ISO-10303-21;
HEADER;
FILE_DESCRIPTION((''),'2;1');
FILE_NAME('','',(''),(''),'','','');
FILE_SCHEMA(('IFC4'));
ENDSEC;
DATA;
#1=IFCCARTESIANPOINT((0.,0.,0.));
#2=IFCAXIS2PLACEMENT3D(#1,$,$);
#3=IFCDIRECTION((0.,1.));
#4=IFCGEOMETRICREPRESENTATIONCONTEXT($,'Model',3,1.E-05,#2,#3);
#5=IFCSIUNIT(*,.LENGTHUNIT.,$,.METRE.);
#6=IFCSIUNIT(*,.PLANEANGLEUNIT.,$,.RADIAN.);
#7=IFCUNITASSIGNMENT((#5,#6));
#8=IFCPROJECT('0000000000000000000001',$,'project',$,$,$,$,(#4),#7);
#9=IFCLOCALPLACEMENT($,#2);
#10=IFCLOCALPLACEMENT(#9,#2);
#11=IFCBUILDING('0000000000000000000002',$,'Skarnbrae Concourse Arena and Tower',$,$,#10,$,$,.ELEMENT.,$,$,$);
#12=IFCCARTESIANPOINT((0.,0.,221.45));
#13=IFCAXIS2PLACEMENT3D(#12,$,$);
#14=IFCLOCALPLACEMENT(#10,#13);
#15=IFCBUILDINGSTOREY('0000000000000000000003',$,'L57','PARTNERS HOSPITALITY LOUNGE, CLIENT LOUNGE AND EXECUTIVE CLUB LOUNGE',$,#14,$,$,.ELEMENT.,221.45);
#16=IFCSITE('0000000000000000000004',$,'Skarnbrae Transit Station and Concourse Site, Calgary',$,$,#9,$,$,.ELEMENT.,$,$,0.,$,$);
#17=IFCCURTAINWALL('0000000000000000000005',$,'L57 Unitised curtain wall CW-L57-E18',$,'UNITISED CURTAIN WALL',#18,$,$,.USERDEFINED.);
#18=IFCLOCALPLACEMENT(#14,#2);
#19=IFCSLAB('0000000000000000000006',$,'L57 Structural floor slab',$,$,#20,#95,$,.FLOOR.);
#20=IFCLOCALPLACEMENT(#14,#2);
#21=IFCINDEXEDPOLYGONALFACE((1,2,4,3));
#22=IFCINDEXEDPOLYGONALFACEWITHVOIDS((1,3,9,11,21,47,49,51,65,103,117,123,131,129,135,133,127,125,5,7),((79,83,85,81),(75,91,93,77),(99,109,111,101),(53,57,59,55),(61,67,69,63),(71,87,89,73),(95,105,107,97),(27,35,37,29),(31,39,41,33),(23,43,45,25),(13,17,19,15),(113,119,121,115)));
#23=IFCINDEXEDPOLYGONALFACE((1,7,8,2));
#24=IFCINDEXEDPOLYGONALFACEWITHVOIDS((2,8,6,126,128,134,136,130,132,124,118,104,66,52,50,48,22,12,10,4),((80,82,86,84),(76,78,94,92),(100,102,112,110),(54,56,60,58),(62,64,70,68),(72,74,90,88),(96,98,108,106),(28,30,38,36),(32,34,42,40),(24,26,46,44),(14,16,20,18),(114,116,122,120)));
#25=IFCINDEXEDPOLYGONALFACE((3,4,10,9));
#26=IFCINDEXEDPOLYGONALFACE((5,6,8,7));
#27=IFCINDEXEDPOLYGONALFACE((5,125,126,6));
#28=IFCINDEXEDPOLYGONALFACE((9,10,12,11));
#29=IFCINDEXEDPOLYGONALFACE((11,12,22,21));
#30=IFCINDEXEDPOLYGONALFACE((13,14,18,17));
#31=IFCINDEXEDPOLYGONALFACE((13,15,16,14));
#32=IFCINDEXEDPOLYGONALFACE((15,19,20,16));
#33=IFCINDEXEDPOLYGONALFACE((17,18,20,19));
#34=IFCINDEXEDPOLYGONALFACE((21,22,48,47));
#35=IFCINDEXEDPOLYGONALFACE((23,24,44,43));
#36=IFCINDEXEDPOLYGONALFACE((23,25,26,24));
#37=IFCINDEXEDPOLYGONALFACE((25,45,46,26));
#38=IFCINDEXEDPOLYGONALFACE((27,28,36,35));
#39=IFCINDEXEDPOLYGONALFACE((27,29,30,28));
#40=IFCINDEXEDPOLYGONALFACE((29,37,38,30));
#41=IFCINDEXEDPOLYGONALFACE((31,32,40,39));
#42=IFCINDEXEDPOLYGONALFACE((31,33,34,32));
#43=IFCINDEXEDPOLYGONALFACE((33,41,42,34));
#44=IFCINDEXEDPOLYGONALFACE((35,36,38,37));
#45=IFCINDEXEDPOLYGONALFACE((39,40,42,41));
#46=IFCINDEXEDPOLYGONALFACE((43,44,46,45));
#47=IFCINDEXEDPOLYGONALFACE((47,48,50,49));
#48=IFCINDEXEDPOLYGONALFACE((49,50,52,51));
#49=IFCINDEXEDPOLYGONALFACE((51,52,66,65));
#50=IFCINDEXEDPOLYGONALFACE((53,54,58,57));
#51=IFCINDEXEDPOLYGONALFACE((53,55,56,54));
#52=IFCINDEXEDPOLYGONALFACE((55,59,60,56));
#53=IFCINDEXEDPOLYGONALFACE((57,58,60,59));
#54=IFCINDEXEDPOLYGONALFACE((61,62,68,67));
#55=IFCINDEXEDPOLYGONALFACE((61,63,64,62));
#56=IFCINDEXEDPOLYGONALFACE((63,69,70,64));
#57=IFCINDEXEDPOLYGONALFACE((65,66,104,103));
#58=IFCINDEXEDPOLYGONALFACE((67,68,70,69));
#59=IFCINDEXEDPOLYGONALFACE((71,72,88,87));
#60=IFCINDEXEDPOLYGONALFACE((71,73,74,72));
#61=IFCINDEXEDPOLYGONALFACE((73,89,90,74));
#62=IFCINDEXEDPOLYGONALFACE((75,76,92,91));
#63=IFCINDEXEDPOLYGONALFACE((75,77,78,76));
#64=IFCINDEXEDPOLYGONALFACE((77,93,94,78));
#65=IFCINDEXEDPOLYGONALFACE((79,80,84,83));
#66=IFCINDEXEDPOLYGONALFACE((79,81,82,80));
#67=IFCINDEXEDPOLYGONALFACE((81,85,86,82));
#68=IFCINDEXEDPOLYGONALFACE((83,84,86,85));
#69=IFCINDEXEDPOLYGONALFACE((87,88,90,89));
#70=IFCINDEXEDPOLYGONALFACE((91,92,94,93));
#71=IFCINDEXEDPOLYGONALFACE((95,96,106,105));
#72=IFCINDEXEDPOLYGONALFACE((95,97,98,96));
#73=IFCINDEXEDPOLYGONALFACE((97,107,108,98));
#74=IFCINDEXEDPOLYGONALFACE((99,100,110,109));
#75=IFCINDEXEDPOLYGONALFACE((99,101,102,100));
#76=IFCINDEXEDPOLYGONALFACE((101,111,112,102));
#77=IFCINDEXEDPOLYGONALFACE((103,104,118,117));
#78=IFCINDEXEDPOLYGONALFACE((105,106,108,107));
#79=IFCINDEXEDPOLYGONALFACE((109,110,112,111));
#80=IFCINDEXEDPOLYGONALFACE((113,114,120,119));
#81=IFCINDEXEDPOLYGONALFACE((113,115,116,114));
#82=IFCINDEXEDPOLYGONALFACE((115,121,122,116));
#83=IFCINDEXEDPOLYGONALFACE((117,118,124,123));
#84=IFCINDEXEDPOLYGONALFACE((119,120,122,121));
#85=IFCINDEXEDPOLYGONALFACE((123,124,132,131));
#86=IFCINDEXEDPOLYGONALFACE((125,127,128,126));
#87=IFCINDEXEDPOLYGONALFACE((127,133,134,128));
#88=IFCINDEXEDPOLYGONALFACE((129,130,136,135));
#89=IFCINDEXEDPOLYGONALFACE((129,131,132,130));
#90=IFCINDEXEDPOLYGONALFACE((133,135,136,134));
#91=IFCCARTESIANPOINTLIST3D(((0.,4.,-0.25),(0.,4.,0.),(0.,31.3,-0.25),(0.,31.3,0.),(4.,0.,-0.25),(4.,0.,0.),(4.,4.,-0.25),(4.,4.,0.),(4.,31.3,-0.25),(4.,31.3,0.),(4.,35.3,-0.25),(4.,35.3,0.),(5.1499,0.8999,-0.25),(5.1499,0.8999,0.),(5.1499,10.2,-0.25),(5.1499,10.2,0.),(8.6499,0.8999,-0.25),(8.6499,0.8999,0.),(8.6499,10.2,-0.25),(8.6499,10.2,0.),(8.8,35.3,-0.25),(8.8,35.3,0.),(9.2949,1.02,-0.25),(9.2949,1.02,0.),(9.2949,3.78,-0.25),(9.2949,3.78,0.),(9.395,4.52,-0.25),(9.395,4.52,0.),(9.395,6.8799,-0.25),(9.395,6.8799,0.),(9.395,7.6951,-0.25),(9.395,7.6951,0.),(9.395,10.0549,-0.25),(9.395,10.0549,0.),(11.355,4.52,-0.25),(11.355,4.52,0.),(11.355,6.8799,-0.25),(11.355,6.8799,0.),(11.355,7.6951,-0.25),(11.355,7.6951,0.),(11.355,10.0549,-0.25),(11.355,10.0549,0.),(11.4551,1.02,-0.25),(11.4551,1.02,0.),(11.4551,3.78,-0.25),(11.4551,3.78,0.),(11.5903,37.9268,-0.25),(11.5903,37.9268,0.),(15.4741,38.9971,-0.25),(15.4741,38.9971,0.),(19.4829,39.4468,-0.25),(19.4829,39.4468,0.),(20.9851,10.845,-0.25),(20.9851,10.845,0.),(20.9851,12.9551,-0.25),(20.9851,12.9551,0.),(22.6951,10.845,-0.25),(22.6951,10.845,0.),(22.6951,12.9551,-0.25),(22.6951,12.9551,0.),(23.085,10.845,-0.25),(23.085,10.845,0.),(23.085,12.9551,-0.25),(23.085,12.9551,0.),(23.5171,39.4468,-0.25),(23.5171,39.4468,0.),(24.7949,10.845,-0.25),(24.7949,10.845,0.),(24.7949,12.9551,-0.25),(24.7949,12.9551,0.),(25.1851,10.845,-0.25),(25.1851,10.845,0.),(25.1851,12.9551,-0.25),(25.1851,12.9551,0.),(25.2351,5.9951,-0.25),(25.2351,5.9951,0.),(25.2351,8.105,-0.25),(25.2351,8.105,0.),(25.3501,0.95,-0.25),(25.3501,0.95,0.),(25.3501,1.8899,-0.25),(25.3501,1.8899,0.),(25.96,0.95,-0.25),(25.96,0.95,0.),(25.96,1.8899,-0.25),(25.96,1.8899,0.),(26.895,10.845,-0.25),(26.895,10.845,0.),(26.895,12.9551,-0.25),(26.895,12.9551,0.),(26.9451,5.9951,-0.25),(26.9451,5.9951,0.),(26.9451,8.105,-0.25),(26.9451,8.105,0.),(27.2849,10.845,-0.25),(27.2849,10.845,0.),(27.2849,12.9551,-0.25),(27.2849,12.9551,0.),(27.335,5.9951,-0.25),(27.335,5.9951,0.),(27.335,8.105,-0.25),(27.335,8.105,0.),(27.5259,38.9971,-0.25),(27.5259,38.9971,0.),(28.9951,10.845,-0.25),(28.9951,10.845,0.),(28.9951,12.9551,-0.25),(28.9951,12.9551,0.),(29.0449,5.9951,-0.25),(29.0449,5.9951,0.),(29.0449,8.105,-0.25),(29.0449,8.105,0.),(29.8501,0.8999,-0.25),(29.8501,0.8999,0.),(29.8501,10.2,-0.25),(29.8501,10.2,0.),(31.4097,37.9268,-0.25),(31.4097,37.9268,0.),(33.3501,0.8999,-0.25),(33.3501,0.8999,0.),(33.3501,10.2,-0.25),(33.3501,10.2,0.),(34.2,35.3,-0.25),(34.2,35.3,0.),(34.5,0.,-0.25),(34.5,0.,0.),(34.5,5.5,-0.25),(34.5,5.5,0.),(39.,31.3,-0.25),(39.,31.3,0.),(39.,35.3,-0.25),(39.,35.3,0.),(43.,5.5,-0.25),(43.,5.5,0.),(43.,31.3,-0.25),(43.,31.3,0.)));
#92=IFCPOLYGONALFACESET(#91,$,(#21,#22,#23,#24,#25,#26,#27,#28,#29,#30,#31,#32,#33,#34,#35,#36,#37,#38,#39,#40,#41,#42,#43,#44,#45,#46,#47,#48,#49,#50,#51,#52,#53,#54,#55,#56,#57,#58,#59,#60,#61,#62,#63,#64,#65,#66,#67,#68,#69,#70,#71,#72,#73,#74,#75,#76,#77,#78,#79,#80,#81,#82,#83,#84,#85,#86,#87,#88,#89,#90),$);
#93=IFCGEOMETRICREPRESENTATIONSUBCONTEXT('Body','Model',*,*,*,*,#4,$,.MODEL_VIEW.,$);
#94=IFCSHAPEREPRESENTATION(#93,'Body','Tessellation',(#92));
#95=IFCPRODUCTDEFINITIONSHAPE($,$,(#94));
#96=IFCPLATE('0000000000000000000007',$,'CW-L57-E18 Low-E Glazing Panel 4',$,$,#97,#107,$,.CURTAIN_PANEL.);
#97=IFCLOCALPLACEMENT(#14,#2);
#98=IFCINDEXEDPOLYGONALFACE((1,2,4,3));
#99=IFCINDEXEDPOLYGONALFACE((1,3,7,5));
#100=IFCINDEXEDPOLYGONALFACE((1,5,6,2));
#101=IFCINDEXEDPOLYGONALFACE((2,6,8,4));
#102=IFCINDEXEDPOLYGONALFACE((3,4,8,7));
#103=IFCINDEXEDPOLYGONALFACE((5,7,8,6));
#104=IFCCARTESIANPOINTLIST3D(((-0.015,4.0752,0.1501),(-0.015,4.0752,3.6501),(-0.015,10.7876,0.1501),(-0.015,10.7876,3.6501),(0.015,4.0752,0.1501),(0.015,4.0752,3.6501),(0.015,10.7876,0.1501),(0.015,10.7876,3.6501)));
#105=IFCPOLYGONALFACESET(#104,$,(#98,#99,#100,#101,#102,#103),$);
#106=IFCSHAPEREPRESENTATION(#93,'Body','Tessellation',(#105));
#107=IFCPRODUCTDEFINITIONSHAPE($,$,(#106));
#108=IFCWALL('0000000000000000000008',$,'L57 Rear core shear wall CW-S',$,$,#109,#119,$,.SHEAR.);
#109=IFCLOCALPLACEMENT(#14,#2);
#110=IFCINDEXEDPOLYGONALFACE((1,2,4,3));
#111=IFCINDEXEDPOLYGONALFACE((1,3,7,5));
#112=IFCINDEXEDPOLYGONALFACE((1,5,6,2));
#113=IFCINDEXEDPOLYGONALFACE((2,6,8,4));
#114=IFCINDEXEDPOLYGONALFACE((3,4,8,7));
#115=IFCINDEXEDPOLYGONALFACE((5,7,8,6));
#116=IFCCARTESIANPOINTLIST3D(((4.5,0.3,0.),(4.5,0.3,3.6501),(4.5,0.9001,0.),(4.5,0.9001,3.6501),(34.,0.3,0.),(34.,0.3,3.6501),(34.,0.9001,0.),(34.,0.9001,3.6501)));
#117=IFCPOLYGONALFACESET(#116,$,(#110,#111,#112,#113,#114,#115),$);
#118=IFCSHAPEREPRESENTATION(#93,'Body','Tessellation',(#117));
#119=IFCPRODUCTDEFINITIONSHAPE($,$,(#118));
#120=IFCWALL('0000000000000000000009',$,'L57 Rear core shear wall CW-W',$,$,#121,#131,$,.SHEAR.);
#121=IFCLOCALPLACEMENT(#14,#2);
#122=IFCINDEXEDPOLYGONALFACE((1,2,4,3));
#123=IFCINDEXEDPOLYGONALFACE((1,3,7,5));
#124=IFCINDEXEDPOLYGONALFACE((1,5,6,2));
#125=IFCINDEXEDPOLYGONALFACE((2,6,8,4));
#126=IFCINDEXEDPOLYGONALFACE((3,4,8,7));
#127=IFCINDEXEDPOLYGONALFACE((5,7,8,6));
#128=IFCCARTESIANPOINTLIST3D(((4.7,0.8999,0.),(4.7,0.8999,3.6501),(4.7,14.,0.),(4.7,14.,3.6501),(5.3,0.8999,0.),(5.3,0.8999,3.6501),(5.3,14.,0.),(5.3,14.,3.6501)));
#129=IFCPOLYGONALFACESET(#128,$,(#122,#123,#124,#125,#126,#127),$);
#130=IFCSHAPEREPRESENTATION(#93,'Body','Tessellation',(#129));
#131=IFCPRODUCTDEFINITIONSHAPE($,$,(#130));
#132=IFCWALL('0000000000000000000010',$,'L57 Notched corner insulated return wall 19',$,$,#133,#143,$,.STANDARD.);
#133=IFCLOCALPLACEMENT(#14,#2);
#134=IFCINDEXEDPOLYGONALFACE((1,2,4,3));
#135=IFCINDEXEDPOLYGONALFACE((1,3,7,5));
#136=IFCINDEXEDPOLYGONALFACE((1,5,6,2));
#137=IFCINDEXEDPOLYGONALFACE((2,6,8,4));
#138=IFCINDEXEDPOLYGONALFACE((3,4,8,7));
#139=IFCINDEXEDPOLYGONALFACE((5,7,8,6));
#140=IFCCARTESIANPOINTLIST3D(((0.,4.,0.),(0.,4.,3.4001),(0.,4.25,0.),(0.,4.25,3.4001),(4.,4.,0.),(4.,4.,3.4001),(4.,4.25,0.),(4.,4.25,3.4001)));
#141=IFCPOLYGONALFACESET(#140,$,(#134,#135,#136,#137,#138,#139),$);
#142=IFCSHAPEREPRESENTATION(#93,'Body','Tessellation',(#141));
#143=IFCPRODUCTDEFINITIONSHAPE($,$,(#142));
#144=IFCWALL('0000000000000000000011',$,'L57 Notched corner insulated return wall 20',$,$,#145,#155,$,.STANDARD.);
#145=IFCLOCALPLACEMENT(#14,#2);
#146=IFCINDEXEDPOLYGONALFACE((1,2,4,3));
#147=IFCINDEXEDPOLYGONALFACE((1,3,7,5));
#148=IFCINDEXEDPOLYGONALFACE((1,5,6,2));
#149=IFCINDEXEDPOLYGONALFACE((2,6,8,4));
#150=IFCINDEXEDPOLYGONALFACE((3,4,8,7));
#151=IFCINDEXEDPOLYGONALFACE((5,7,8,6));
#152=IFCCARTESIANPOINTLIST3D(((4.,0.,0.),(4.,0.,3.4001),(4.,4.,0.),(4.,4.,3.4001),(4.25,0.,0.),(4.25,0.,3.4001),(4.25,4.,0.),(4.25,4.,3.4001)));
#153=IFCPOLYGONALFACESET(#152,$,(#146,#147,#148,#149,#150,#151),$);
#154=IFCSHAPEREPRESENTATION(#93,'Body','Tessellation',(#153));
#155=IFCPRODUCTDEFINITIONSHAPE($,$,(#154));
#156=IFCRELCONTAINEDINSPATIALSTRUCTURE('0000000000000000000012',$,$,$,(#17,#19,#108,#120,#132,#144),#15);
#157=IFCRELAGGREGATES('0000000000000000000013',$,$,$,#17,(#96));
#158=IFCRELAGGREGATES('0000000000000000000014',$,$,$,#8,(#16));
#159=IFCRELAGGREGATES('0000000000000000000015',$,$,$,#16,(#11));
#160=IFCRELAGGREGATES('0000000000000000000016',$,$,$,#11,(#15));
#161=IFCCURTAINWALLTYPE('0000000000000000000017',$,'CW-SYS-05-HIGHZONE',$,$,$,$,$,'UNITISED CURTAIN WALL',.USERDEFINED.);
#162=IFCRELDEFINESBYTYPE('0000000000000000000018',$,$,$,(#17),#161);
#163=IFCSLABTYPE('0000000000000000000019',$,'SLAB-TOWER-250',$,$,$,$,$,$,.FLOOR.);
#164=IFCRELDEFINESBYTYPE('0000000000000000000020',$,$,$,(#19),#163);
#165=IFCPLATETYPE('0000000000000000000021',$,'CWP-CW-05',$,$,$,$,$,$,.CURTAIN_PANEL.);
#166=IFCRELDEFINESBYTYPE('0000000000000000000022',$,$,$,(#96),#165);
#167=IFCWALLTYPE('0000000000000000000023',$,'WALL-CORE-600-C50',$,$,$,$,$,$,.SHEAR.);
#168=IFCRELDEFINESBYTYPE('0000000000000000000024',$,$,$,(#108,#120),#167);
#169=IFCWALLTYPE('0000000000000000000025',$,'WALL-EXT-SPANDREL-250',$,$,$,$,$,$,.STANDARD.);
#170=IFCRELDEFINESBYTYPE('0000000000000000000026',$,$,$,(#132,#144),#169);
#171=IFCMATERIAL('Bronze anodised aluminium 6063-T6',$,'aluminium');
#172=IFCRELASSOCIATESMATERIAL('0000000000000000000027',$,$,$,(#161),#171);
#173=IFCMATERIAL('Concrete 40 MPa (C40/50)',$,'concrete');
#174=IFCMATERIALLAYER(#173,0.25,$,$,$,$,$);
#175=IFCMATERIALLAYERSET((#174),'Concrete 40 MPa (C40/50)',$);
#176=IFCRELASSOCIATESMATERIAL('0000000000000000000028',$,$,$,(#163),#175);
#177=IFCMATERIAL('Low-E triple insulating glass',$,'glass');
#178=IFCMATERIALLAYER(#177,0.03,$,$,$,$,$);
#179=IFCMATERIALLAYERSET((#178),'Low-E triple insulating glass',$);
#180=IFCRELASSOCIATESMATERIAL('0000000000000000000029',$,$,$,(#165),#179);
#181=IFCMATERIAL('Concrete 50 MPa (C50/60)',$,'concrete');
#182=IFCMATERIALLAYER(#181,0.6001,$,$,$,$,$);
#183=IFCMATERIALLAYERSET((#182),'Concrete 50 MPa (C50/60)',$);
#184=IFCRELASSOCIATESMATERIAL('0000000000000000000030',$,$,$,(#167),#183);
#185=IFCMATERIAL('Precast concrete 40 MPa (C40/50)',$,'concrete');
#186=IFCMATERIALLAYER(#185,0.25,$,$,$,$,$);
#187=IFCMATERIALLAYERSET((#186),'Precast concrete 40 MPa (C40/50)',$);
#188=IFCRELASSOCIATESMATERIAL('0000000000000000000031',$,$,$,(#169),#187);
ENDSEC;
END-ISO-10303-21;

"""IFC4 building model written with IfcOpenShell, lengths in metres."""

from ifc_helpers import new_model, si_unit, direction, frame, frame_2d, origin, origin_2d, place, context, subcontext, project, spatial, polyline, rectangle, outline, extrude, source, transform, mapped, material, layer, layer_set, type_object, element, aggregate, save


model = new_model("IFC4")

# Units and contexts
model_context = context("Model", 3, precision=1e-05, world=origin(), true_north=direction((0.0, 1.0)))
body_context = subcontext(model_context, "Body", "Model", "MODEL_VIEW")
ifc_project = project(units=[si_unit("LENGTHUNIT", "METRE"), si_unit("PLANEANGLEUNIT", "RADIAN")], contexts=[model_context])

# Site, building, storey
site_placement = place(None, origin())
site = spatial("IfcSite", under=ifc_project, at=site_placement, Name="Skarnbrae Transit Station and Concourse Site, Calgary", CompositionType="ELEMENT", RefElevation=0.0)
building_placement = place(site_placement, origin())
building = spatial("IfcBuilding", under=site, at=building_placement, Name="Skarnbrae Concourse Arena and Tower", CompositionType="ELEMENT")
storey_placement = place(building_placement, frame((0.0, 0.0, 221.45)))
storey = spatial("IfcBuildingStorey", under=building, at=storey_placement, Name="L57", Description="PARTNERS HOSPITALITY LOUNGE, CLIENT LOUNGE AND EXECUTIVE CLUB LOUNGE", CompositionType="ELEMENT", Elevation=221.45)

# Curtain wall
ifc_material_1 = material(Name="Bronze anodised aluminium 6063-T6", Category="aluminium")
curtain_wall_type = type_object("IfcCurtainWallType", Name="CW-SYS-05-HIGHZONE", ElementType="UNITISED CURTAIN WALL", PredefinedType="USERDEFINED", material=ifc_material_1)
curtain_wall_placement = place(storey_placement, origin())
curtain_wall = element("IfcCurtainWall", 1, at=curtain_wall_placement, inside=storey, type_object=curtain_wall_type, Name="L57 Unitised curtain wall CW-L57-E18", ObjectType="UNITISED CURTAIN WALL", PredefinedType="USERDEFINED")

# Shared definitions
ifc_material_2 = material(Name="Concrete 40 MPa (C40/50)", Category="concrete")

# Slab
ifc_layer_1 = layer(ifc_material_2, 0.25)
ifc_layer_set_1 = layer_set([ifc_layer_1], Name="Concrete 40 MPa (C40/50)")
slab_type_1 = type_object("IfcSlabType", Name="SLAB-TOWER-250", PredefinedType="FLOOR", material=ifc_layer_set_1)
slab_1_placement = place(storey_placement, frame((0.0, 0.0, -0.25)))
element("IfcSlab", 2, at=slab_1_placement, inside=storey, type_object=slab_type_1, Name="L57 Structural floor slab", PredefinedType="FLOOR", context=body_context, shape_type="SweptSolid", body=[
    extrude(outline(polyline([(4.0, 0.0), (34.5, 0.0), (34.5, 5.5), (43.0, 5.5), (43.0, 31.3), (39.0, 31.3), (39.0, 35.3), (34.2, 35.3), (31.4097, 37.9268), (27.5259, 38.9971), (23.5171, 39.4468), (19.4829, 39.4468), (15.4741, 38.9971), (11.5903, 37.9268), (8.8, 35.3), (4.0, 35.3), (4.0, 31.3), (0.0, 31.3), (0.0, 4.0), (4.0, 4.0), (4.0, 0.0)]), holes=[polyline([(9.2949, 1.02), (9.2949, 3.78), (11.4551, 3.78), (11.4551, 1.02), (9.2949, 1.02)]), polyline([(8.6499, 10.2), (8.6499, 0.8999), (5.1499, 0.8999), (5.1499, 10.2), (8.6499, 10.2)]), polyline([(9.395, 6.8799), (11.355, 6.8799), (11.355, 4.52), (9.395, 4.52), (9.395, 6.8799)]), polyline([(9.395, 7.6951), (9.395, 10.0549), (11.355, 10.0549), (11.355, 7.6951), (9.395, 7.6951)]), polyline([(20.9851, 12.9551), (22.6951, 12.9551), (22.6951, 10.845), (20.9851, 10.845), (20.9851, 12.9551)]), polyline([(23.085, 12.9551), (24.7949, 12.9551), (24.7949, 10.845), (23.085, 10.845), (23.085, 12.9551)]), polyline([(25.3501, 0.95), (25.3501, 1.8899), (25.96, 1.8899), (25.96, 0.95), (25.3501, 0.95)]), polyline([(33.3501, 10.2), (33.3501, 0.8999), (29.8501, 0.8999), (29.8501, 10.2), (33.3501, 10.2)]), polyline([(25.2351, 8.105), (26.9451, 8.105), (26.9451, 5.9951), (25.2351, 5.9951), (25.2351, 8.105)]), polyline([(27.335, 5.9951), (27.335, 8.105), (29.0449, 8.105), (29.0449, 5.9951), (27.335, 5.9951)]), polyline([(25.1851, 12.9551), (26.895, 12.9551), (26.895, 10.845), (25.1851, 10.845), (25.1851, 12.9551)]), polyline([(27.2849, 12.9551), (28.9951, 12.9551), (28.9951, 10.845), (27.2849, 10.845), (27.2849, 12.9551)])]), origin(), (0.0, 0.0, 1.0), 0.25),
])

# Plate
ifc_material_3 = material(Name="Low-E triple insulating glass", Category="glass")
ifc_layer_2 = layer(ifc_material_3, 0.03)
ifc_layer_set_2 = layer_set([ifc_layer_2], Name="Low-E triple insulating glass")
plate_type = type_object("IfcPlateType", Name="CWP-CW-05", PredefinedType="CURTAIN_PANEL", material=ifc_layer_set_2)
shared_shape_1 = source(origin(), body_context, "Body", "SweptSolid", [
    extrude(rectangle(XDim=6.7124, YDim=0.03, at=origin_2d()), origin(), (0.0, 0.0, 1.0), 3.5),
])
plate_placement = place(storey_placement, frame((0.0, 7.4314, 0.1501), z_axis=(0.0, 0.0, 1.0), x_axis=(0.0, -1.0, 0.0)))
plate = element("IfcPlate", 3, at=plate_placement, type_object=plate_type, Name="CW-L57-E18 Low-E Glazing Panel 4", PredefinedType="CURTAIN_PANEL", context=body_context, shape_type="MappedRepresentation", body=[
    mapped(shared_shape_1, transform((0.0, 0.0, 0.0))),
])
aggregate(curtain_wall, [plate])

# Walls
ifc_material_4 = material(Name="Concrete 50 MPa (C50/60)", Category="concrete")
ifc_layer_3 = layer(ifc_material_4, 0.6001)
ifc_layer_set_3 = layer_set([ifc_layer_3], Name="Concrete 50 MPa (C50/60)")
wall_type_1 = type_object("IfcWallType", Name="WALL-CORE-600-C50", PredefinedType="SHEAR", material=ifc_layer_set_3)
shared_shape_2 = source(origin(), body_context, "Body", "SweptSolid", [
    extrude(rectangle(XDim=29.5, YDim=0.6001, at=frame_2d((14.75, 0.0))), origin(), (0.0, 0.0, 1.0), 3.6501),
])
wall_1_placement = place(storey_placement, frame((4.5, 0.6001, 0.0), z_axis=(0.0, 0.0, 1.0), x_axis=(1.0, 0.0, 0.0)))
element("IfcWall", 4, at=wall_1_placement, inside=storey, type_object=wall_type_1, Name="L57 Rear core shear wall CW-S", PredefinedType="SHEAR", context=body_context, shape_type="MappedRepresentation", body=[
    mapped(shared_shape_2, transform((0.0, 0.0, 0.0))),
])
shared_shape_3 = source(origin(), body_context, "Body", "SweptSolid", [
    extrude(rectangle(XDim=13.1001, YDim=0.6001, at=frame_2d((6.55, 0.0))), origin(), (0.0, 0.0, 1.0), 3.6501),
])
wall_2_placement = place(storey_placement, frame((5.0, 0.8999, 0.0), z_axis=(0.0, 0.0, 1.0), x_axis=(0.0, 1.0, 0.0)))
element("IfcWall", 5, at=wall_2_placement, inside=storey, type_object=wall_type_1, Name="L57 Rear core shear wall CW-W", PredefinedType="SHEAR", context=body_context, shape_type="MappedRepresentation", body=[
    mapped(shared_shape_3, transform((0.0, 0.0, 0.0))),
])
ifc_material_5 = material(Name="Precast concrete 40 MPa (C40/50)", Category="concrete")
ifc_layer_4 = layer(ifc_material_5, 0.25)
ifc_layer_set_4 = layer_set([ifc_layer_4], Name="Precast concrete 40 MPa (C40/50)")
wall_type_2 = type_object("IfcWallType", Name="WALL-EXT-SPANDREL-250", PredefinedType="STANDARD", material=ifc_layer_set_4)
shared_shape_4 = source(origin(), body_context, "Body", "SweptSolid", [
    extrude(rectangle(XDim=4.0, YDim=0.25, at=frame_2d((2.0, 0.0))), origin(), (0.0, 0.0, 1.0), 3.4001),
])
for number, where, z_axis, x_axis, name in (
    (6, (0.0, 4.125, 0.0), (0.0, 0.0, 1.0), (1.0, 0.0, 0.0), "L57 Notched corner insulated return wall 19"),
    (7, (4.125, 4.0, 0.0), (0.0, 0.0, 1.0), (0.0, -1.0, 0.0), "L57 Notched corner insulated return wall 20"),
):
    element("IfcWall", number, at=place(storey_placement, frame(where, z_axis=z_axis, x_axis=x_axis)), inside=storey, type_object=wall_type_2, Name=name, PredefinedType="STANDARD", context=body_context, shape_type="MappedRepresentation", body=[
        mapped(shared_shape_4, transform((0.0, 0.0, 0.0))),
    ])

save(model, "model.ifc")
